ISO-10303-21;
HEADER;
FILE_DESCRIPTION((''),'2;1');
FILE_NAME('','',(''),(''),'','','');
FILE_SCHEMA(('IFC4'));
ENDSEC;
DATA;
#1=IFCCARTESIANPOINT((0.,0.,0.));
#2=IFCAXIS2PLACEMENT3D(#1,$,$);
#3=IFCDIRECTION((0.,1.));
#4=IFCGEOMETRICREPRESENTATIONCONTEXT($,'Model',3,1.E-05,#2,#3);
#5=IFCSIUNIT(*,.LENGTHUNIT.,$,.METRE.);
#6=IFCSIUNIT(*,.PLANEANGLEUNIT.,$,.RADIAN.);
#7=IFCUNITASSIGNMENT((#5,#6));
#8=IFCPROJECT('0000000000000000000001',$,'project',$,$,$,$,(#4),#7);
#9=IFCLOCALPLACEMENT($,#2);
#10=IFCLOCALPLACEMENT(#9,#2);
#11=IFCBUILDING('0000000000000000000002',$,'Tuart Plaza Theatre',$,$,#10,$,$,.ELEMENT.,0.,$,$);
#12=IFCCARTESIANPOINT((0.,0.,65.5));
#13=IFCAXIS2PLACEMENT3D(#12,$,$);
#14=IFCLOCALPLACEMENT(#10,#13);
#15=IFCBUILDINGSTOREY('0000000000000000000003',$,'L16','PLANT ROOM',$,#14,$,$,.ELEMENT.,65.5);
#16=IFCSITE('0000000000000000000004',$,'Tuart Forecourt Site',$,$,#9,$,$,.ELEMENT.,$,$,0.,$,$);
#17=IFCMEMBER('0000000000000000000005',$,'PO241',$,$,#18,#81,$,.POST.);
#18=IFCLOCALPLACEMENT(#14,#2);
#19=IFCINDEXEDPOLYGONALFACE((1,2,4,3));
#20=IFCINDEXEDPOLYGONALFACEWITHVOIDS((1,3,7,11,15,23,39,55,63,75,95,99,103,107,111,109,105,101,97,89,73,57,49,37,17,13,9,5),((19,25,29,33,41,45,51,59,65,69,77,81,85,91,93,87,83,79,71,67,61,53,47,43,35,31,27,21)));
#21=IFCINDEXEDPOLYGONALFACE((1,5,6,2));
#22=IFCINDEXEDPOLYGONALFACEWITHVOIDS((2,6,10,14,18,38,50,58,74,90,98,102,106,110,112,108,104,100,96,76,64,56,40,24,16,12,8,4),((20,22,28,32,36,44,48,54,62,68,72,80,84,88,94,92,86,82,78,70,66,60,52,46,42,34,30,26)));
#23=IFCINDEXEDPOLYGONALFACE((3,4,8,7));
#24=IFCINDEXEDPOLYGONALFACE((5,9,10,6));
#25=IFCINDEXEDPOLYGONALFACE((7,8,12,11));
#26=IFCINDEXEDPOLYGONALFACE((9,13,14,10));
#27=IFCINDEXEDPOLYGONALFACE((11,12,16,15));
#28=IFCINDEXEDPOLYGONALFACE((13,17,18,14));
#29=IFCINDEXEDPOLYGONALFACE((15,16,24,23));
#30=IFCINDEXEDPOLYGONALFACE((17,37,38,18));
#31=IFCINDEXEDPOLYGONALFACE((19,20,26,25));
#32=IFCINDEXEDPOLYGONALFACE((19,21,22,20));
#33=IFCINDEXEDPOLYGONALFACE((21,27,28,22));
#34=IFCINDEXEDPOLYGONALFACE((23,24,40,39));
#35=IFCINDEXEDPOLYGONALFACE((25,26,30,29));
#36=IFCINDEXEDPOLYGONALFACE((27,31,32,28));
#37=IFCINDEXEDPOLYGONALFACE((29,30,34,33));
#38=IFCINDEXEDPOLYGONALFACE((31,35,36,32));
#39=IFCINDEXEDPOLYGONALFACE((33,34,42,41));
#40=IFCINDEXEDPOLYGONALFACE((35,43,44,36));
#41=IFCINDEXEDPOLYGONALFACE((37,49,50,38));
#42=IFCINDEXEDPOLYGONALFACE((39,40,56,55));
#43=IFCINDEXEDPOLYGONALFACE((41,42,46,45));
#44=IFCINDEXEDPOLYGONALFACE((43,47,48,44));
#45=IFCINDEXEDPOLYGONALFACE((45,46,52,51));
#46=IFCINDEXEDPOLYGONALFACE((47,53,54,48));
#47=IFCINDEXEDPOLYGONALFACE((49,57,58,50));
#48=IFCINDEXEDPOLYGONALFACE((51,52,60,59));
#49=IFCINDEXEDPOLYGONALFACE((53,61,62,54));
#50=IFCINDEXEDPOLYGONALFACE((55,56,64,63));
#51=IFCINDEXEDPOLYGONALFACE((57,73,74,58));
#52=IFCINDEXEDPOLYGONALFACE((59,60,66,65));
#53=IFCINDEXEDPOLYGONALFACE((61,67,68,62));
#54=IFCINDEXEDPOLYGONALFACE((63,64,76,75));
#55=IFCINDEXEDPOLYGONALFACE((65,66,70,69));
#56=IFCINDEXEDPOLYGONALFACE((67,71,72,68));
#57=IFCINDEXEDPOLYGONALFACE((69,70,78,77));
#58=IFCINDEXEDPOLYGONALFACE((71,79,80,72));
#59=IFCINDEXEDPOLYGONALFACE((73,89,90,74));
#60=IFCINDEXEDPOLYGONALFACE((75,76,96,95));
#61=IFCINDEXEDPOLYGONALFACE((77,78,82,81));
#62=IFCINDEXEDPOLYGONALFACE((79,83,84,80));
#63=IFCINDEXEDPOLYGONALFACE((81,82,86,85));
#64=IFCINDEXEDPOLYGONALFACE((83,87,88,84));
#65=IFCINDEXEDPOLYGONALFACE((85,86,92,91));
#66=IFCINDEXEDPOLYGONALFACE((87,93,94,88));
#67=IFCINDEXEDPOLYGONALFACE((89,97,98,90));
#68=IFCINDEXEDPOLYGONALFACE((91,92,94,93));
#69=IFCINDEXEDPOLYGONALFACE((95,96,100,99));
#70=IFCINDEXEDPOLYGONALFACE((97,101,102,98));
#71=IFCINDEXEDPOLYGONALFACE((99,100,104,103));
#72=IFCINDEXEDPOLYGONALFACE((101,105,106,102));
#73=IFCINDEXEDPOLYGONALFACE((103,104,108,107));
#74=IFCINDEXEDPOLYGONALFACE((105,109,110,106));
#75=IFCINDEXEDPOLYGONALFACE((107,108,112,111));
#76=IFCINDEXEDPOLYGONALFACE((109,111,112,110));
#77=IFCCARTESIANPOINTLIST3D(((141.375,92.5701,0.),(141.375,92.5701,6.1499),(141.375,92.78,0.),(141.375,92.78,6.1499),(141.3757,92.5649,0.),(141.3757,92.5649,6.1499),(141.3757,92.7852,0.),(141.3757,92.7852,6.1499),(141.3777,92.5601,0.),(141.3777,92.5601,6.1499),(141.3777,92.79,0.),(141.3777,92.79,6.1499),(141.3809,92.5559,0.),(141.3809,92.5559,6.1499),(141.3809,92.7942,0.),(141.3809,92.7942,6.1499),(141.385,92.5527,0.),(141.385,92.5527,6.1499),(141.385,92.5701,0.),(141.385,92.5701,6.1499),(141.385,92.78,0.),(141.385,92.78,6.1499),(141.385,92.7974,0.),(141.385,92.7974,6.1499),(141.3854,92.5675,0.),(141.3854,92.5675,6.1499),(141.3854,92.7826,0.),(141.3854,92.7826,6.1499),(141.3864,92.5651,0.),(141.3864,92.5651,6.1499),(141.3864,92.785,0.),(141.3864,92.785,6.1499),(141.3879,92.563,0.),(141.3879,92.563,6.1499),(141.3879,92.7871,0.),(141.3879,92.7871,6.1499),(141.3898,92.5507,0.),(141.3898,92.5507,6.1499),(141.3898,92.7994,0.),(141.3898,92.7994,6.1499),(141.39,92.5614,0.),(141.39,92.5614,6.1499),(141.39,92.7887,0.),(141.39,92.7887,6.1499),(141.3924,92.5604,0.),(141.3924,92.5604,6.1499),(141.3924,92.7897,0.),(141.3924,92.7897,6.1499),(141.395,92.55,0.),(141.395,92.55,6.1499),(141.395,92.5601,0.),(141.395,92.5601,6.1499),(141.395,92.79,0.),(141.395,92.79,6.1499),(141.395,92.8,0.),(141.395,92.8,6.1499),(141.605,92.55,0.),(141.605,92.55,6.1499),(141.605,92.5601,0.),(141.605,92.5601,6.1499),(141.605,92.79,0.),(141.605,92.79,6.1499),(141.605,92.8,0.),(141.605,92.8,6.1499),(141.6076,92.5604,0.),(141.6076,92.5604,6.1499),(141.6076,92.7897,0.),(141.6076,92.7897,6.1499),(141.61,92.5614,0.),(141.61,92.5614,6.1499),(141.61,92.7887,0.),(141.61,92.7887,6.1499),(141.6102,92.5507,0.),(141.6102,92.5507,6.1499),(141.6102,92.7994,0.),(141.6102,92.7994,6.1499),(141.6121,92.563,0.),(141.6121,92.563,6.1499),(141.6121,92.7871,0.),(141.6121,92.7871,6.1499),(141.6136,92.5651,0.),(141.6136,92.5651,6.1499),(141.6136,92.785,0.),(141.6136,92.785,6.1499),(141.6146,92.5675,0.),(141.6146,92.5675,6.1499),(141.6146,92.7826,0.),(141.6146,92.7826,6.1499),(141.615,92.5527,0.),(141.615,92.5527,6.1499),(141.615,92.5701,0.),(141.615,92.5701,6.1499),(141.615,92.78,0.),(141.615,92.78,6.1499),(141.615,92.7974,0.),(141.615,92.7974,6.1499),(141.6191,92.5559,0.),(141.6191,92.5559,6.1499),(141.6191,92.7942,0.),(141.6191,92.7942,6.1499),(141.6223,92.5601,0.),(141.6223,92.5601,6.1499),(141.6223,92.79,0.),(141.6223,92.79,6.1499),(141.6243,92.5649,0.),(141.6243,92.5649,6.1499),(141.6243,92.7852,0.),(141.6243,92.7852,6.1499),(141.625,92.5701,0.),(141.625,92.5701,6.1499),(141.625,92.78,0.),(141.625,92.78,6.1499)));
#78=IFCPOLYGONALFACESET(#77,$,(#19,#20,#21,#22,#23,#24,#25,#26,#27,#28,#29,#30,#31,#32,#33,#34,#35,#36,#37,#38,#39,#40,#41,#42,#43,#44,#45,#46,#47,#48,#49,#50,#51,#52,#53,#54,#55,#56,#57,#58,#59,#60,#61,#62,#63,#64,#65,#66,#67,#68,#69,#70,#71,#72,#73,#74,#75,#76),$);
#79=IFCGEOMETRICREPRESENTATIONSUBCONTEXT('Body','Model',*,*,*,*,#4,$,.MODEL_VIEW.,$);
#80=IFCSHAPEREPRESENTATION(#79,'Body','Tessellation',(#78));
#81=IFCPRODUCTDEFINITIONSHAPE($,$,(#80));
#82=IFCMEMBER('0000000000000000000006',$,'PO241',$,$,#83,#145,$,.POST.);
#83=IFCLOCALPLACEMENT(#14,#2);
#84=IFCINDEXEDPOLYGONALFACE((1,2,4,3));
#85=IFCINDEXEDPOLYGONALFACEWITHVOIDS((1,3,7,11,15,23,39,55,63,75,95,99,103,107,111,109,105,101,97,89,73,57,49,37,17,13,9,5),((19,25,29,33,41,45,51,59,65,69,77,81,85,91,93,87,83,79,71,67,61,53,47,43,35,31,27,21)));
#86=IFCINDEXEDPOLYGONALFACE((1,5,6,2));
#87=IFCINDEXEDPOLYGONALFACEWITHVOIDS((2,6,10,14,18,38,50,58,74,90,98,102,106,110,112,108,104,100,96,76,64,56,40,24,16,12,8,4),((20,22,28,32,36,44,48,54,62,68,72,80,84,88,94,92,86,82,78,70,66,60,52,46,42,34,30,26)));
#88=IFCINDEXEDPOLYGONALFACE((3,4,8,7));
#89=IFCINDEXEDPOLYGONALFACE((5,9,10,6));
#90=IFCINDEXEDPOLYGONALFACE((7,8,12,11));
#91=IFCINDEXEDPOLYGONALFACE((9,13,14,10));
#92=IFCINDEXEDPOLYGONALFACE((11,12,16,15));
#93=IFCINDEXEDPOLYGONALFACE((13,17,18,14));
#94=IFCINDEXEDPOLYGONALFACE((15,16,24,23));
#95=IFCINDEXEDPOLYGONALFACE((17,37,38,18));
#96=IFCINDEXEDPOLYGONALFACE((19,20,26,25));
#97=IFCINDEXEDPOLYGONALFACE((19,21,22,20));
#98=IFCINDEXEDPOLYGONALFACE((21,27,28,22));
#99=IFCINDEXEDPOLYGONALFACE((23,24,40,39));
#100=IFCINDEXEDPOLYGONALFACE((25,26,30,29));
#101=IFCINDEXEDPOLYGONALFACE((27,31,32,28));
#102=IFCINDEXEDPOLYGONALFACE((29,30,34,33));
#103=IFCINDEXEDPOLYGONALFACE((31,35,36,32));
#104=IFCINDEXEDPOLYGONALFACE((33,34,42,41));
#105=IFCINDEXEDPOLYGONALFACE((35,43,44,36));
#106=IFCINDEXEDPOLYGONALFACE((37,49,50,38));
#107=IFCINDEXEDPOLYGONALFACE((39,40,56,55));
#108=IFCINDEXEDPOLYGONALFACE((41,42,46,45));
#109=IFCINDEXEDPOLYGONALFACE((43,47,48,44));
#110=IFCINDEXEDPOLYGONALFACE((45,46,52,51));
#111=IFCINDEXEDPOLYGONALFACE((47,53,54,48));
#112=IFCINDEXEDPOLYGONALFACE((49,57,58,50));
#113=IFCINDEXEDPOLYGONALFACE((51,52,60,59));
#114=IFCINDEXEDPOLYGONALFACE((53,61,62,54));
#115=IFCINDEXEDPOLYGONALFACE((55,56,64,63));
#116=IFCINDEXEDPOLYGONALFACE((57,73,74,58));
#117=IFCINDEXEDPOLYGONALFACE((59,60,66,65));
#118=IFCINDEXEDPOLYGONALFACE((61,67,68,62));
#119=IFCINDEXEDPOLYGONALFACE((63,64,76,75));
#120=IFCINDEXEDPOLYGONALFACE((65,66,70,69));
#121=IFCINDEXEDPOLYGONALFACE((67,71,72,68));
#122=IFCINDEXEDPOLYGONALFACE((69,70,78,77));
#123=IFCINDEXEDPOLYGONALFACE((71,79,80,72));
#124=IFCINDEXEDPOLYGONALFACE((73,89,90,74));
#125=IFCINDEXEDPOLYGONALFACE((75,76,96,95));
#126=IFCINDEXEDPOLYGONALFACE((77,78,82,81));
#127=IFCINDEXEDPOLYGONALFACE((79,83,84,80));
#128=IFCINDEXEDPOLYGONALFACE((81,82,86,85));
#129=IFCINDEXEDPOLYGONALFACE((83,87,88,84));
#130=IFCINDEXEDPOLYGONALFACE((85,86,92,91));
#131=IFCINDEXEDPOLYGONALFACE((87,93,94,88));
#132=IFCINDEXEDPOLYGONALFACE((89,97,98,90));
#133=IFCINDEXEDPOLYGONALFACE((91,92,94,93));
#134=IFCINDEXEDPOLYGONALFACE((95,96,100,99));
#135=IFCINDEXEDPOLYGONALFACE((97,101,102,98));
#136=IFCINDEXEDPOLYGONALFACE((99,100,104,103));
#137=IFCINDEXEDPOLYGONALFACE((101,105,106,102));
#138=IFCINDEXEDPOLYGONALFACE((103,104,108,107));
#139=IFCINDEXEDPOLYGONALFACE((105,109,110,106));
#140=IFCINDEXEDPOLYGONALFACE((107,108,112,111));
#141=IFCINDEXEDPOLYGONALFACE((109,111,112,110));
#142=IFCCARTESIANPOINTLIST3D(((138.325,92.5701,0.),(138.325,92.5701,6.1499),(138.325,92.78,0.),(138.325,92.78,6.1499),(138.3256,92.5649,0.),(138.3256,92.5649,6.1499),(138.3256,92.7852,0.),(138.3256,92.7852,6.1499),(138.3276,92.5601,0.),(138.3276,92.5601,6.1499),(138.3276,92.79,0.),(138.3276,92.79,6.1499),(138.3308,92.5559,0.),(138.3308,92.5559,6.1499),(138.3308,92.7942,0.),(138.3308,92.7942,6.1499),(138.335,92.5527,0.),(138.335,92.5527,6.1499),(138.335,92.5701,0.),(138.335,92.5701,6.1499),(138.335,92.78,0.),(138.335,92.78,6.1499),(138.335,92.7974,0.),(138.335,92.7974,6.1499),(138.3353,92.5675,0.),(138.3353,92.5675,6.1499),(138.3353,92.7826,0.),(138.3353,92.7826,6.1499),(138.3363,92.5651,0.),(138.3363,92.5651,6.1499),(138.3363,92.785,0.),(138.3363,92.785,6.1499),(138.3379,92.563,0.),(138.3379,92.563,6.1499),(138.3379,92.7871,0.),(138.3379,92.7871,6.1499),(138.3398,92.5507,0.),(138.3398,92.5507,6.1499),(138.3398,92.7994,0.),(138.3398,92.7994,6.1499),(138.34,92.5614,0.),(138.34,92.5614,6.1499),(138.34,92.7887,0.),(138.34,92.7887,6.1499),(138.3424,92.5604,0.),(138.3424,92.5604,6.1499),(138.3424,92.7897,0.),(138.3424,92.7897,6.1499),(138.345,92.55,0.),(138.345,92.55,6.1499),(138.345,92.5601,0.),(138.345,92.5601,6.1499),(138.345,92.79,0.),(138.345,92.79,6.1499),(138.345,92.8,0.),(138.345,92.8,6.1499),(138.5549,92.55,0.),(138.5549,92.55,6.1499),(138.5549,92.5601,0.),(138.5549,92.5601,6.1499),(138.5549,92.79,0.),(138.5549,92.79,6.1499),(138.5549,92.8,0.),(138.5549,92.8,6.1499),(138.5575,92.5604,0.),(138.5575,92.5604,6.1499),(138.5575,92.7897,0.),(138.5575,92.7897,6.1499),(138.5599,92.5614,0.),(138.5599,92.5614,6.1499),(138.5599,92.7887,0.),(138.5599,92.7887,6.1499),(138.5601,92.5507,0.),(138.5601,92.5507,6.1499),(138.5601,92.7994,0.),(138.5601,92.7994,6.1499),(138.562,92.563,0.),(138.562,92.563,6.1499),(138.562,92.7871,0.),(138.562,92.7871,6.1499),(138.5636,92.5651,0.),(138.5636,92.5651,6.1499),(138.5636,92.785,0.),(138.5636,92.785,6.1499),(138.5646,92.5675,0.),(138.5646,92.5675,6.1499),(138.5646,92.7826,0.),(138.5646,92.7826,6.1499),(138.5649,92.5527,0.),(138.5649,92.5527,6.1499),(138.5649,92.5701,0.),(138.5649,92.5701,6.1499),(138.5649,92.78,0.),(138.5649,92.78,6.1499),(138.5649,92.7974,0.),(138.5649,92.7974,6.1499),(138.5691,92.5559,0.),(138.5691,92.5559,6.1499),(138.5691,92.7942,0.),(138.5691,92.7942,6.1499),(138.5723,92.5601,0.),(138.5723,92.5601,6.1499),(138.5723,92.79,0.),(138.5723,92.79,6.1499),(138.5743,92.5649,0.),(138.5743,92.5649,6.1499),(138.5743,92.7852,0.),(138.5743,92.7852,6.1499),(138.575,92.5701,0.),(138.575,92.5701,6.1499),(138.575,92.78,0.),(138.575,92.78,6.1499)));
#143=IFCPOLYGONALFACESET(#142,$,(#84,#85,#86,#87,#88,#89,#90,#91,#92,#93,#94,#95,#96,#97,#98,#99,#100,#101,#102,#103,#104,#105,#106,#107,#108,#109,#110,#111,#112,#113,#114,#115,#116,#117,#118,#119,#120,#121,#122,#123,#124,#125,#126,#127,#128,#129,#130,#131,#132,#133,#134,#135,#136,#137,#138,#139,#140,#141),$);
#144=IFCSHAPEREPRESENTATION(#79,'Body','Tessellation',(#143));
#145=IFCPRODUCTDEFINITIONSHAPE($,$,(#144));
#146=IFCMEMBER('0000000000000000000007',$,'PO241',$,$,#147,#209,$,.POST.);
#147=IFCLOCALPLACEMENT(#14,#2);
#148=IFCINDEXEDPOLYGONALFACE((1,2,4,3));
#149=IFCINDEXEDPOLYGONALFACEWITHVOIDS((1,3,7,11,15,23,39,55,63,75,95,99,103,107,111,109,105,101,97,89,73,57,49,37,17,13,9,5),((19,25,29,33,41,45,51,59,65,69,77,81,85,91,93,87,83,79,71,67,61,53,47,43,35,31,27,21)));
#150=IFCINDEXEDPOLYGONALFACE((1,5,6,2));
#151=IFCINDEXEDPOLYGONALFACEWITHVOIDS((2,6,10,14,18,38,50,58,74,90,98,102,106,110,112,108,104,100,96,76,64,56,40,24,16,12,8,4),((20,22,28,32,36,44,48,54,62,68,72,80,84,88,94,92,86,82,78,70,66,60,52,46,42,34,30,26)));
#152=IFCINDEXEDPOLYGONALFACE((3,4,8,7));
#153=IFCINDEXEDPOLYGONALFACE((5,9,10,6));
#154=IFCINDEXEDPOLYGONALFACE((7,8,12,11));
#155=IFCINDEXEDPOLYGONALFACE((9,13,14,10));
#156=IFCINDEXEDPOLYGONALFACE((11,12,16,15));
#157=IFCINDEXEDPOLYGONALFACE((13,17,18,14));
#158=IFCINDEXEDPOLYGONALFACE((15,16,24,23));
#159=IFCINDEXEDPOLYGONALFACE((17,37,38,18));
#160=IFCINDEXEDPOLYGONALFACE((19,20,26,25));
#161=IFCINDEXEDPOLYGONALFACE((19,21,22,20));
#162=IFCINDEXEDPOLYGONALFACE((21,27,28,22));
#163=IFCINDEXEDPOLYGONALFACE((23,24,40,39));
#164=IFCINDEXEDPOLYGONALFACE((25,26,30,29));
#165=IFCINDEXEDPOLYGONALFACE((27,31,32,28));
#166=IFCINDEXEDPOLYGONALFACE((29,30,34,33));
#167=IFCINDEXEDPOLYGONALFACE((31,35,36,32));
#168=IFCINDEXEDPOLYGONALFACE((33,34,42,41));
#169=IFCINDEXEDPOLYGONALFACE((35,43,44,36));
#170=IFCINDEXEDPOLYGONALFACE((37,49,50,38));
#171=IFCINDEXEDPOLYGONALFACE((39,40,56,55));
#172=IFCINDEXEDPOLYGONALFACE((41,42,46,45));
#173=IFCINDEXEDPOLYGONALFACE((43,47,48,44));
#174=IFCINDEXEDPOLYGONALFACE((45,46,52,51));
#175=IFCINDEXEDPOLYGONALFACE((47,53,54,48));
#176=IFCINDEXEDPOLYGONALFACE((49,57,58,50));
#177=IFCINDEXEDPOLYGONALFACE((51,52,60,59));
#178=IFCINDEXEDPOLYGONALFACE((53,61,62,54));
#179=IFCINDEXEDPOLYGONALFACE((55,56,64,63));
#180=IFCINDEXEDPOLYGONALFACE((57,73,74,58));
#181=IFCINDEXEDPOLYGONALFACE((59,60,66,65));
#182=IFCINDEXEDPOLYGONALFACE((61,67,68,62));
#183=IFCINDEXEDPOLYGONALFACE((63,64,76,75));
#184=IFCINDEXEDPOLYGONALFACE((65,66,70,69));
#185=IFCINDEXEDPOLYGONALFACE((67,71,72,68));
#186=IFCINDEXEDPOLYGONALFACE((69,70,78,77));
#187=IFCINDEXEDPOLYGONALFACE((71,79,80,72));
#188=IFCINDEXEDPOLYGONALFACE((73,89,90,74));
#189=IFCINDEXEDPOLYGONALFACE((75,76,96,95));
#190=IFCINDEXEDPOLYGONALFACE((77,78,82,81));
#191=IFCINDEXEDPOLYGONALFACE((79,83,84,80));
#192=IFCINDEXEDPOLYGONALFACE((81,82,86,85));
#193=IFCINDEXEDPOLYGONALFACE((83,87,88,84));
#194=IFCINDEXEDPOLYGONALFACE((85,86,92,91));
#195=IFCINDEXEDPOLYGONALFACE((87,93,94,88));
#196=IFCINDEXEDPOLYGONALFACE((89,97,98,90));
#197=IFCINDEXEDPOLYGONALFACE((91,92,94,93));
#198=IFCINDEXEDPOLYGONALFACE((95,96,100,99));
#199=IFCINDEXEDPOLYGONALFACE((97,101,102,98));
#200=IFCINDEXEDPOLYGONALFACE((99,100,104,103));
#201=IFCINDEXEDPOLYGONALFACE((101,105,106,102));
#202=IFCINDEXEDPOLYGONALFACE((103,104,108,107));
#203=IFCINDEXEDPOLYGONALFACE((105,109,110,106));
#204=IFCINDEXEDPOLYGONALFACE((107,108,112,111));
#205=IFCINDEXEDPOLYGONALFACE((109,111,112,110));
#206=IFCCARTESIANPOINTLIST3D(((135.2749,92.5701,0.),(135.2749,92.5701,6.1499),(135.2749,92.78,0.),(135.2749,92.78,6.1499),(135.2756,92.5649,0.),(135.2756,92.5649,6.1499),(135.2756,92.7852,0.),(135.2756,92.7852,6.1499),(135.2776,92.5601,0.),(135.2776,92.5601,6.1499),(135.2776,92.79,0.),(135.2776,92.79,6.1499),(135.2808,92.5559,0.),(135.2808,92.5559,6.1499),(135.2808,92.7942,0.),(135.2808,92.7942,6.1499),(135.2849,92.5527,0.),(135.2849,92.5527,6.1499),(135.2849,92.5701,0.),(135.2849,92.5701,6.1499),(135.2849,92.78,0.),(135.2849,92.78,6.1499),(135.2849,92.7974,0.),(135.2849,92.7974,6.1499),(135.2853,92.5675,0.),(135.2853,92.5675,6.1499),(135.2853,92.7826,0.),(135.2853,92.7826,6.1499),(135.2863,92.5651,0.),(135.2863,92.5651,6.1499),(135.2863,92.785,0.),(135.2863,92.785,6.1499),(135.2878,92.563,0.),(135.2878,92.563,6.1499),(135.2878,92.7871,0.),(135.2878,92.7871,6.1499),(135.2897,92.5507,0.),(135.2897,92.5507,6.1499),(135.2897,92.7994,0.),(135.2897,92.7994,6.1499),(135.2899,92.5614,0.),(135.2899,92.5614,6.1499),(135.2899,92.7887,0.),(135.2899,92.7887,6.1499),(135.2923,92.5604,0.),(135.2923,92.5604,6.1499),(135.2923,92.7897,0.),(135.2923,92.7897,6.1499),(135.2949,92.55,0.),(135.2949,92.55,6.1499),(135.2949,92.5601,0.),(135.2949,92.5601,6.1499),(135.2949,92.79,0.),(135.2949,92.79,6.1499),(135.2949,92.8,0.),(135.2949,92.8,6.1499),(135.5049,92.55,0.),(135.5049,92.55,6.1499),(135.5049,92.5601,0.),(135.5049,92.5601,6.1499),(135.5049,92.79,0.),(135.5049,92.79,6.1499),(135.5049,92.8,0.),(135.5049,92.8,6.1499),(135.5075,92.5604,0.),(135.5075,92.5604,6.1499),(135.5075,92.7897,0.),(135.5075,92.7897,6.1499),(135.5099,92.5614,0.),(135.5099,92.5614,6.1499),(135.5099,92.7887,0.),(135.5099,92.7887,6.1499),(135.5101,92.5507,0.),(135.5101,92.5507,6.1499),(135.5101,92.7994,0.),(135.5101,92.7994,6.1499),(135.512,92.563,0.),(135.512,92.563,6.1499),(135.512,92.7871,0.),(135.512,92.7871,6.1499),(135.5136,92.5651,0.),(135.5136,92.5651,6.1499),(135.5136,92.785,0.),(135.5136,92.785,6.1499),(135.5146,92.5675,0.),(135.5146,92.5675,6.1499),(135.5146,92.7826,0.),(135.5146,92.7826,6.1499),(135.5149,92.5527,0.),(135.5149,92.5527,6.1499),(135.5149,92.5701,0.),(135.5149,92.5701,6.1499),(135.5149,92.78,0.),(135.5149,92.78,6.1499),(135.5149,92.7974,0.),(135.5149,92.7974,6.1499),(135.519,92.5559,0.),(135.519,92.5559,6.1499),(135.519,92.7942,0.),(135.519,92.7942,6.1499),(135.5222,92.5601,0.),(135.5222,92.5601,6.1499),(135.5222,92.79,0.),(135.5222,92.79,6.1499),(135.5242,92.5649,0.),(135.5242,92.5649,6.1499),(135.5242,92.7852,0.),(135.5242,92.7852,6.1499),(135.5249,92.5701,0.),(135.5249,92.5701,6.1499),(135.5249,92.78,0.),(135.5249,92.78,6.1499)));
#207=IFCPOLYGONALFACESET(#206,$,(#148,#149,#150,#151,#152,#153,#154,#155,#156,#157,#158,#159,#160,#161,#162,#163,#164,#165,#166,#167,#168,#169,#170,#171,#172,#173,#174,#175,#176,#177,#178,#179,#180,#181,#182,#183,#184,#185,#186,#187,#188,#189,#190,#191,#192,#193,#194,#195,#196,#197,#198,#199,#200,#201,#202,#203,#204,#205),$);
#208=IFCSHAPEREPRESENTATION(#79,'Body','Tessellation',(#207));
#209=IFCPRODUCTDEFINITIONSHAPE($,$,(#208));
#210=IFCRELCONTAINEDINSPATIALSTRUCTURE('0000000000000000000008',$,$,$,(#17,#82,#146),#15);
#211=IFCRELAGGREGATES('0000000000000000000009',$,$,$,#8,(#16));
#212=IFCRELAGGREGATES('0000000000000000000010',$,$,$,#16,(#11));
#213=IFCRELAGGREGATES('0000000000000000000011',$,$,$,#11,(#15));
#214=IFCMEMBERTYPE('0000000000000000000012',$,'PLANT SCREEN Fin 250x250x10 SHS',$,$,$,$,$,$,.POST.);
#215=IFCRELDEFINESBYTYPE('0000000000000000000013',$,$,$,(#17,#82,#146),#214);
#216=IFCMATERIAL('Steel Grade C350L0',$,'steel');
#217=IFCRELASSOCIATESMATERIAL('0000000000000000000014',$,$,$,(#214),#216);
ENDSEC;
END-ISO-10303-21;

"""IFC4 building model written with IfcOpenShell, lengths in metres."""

from ifc_helpers import new_model, si_unit, direction, frame, origin, origin_2d, place, context, subcontext, project, spatial, hollow_rectangle, extrude, material, material_profile, profile_set, type_object, element, save


model = new_model("IFC4")

# Units and contexts
model_context = context("Model", 3, precision=1e-05, world=origin(), true_north=direction((0.0, 1.0)))
body_context = subcontext(model_context, "Body", "Model", "MODEL_VIEW")
ifc_project = project(units=[si_unit("LENGTHUNIT", "METRE"), si_unit("PLANEANGLEUNIT", "RADIAN")], contexts=[model_context])

# Site, building, storey
site_placement = place(None, origin())
site = spatial("IfcSite", under=ifc_project, at=site_placement, Name="Tuart Forecourt Site", CompositionType="ELEMENT", RefElevation=0.0)
building_placement = place(site_placement, origin())
building = spatial("IfcBuilding", under=site, at=building_placement, Name="Tuart Plaza Theatre", CompositionType="ELEMENT", ElevationOfRefHeight=0.0)
storey_placement = place(building_placement, frame((0.0, 0.0, 65.5)))
storey = spatial("IfcBuildingStorey", under=building, at=storey_placement, Name="L16", Description="PLANT ROOM", CompositionType="ELEMENT", Elevation=65.5)

# Members
ifc_material_1 = material(Name="Steel Grade C350L0", Category="steel")
ifc_material_profile_1 = material_profile(ifc_material_1, hollow_rectangle(XDim=0.25, YDim=0.25, WallThickness=0.01, InnerFilletRadius=0.01, OuterFilletRadius=0.02, at=origin_2d()), Name="250x250x10 SHS")
ifc_profile_set_1 = profile_set([ifc_material_profile_1], Name="Steel Grade C350L0")
member_type = type_object("IfcMemberType", Name="PLANT SCREEN Fin 250x250x10 SHS", PredefinedType="POST", material=ifc_profile_set_1)
for number, where, z_axis, x_axis, name in (
    (1, (141.5, 92.675, 0.0), (0.0, 0.0, 1.0), (1.0, 0.0, 0.0), "PO241"),
    (2, (138.45, 92.675, 0.0), (0.0, 0.0, 1.0), (1.0, 0.0, 0.0), "PO241"),
    (3, (135.3999, 92.675, 0.0), (0.0, 0.0, 1.0), (1.0, 0.0, 0.0), "PO241"),
):
    element("IfcMember", number, at=place(storey_placement, frame(where, z_axis=z_axis, x_axis=x_axis)), inside=storey, type_object=member_type, Name=name, PredefinedType="POST", context=body_context, shape_type="SweptSolid", body=[
        extrude(hollow_rectangle(XDim=0.25, YDim=0.25, WallThickness=0.01, InnerFilletRadius=0.01, OuterFilletRadius=0.02, at=origin_2d()), origin(), (0.0, 0.0, 1.0), 6.1499),
    ])

save(model, "model.ifc")
